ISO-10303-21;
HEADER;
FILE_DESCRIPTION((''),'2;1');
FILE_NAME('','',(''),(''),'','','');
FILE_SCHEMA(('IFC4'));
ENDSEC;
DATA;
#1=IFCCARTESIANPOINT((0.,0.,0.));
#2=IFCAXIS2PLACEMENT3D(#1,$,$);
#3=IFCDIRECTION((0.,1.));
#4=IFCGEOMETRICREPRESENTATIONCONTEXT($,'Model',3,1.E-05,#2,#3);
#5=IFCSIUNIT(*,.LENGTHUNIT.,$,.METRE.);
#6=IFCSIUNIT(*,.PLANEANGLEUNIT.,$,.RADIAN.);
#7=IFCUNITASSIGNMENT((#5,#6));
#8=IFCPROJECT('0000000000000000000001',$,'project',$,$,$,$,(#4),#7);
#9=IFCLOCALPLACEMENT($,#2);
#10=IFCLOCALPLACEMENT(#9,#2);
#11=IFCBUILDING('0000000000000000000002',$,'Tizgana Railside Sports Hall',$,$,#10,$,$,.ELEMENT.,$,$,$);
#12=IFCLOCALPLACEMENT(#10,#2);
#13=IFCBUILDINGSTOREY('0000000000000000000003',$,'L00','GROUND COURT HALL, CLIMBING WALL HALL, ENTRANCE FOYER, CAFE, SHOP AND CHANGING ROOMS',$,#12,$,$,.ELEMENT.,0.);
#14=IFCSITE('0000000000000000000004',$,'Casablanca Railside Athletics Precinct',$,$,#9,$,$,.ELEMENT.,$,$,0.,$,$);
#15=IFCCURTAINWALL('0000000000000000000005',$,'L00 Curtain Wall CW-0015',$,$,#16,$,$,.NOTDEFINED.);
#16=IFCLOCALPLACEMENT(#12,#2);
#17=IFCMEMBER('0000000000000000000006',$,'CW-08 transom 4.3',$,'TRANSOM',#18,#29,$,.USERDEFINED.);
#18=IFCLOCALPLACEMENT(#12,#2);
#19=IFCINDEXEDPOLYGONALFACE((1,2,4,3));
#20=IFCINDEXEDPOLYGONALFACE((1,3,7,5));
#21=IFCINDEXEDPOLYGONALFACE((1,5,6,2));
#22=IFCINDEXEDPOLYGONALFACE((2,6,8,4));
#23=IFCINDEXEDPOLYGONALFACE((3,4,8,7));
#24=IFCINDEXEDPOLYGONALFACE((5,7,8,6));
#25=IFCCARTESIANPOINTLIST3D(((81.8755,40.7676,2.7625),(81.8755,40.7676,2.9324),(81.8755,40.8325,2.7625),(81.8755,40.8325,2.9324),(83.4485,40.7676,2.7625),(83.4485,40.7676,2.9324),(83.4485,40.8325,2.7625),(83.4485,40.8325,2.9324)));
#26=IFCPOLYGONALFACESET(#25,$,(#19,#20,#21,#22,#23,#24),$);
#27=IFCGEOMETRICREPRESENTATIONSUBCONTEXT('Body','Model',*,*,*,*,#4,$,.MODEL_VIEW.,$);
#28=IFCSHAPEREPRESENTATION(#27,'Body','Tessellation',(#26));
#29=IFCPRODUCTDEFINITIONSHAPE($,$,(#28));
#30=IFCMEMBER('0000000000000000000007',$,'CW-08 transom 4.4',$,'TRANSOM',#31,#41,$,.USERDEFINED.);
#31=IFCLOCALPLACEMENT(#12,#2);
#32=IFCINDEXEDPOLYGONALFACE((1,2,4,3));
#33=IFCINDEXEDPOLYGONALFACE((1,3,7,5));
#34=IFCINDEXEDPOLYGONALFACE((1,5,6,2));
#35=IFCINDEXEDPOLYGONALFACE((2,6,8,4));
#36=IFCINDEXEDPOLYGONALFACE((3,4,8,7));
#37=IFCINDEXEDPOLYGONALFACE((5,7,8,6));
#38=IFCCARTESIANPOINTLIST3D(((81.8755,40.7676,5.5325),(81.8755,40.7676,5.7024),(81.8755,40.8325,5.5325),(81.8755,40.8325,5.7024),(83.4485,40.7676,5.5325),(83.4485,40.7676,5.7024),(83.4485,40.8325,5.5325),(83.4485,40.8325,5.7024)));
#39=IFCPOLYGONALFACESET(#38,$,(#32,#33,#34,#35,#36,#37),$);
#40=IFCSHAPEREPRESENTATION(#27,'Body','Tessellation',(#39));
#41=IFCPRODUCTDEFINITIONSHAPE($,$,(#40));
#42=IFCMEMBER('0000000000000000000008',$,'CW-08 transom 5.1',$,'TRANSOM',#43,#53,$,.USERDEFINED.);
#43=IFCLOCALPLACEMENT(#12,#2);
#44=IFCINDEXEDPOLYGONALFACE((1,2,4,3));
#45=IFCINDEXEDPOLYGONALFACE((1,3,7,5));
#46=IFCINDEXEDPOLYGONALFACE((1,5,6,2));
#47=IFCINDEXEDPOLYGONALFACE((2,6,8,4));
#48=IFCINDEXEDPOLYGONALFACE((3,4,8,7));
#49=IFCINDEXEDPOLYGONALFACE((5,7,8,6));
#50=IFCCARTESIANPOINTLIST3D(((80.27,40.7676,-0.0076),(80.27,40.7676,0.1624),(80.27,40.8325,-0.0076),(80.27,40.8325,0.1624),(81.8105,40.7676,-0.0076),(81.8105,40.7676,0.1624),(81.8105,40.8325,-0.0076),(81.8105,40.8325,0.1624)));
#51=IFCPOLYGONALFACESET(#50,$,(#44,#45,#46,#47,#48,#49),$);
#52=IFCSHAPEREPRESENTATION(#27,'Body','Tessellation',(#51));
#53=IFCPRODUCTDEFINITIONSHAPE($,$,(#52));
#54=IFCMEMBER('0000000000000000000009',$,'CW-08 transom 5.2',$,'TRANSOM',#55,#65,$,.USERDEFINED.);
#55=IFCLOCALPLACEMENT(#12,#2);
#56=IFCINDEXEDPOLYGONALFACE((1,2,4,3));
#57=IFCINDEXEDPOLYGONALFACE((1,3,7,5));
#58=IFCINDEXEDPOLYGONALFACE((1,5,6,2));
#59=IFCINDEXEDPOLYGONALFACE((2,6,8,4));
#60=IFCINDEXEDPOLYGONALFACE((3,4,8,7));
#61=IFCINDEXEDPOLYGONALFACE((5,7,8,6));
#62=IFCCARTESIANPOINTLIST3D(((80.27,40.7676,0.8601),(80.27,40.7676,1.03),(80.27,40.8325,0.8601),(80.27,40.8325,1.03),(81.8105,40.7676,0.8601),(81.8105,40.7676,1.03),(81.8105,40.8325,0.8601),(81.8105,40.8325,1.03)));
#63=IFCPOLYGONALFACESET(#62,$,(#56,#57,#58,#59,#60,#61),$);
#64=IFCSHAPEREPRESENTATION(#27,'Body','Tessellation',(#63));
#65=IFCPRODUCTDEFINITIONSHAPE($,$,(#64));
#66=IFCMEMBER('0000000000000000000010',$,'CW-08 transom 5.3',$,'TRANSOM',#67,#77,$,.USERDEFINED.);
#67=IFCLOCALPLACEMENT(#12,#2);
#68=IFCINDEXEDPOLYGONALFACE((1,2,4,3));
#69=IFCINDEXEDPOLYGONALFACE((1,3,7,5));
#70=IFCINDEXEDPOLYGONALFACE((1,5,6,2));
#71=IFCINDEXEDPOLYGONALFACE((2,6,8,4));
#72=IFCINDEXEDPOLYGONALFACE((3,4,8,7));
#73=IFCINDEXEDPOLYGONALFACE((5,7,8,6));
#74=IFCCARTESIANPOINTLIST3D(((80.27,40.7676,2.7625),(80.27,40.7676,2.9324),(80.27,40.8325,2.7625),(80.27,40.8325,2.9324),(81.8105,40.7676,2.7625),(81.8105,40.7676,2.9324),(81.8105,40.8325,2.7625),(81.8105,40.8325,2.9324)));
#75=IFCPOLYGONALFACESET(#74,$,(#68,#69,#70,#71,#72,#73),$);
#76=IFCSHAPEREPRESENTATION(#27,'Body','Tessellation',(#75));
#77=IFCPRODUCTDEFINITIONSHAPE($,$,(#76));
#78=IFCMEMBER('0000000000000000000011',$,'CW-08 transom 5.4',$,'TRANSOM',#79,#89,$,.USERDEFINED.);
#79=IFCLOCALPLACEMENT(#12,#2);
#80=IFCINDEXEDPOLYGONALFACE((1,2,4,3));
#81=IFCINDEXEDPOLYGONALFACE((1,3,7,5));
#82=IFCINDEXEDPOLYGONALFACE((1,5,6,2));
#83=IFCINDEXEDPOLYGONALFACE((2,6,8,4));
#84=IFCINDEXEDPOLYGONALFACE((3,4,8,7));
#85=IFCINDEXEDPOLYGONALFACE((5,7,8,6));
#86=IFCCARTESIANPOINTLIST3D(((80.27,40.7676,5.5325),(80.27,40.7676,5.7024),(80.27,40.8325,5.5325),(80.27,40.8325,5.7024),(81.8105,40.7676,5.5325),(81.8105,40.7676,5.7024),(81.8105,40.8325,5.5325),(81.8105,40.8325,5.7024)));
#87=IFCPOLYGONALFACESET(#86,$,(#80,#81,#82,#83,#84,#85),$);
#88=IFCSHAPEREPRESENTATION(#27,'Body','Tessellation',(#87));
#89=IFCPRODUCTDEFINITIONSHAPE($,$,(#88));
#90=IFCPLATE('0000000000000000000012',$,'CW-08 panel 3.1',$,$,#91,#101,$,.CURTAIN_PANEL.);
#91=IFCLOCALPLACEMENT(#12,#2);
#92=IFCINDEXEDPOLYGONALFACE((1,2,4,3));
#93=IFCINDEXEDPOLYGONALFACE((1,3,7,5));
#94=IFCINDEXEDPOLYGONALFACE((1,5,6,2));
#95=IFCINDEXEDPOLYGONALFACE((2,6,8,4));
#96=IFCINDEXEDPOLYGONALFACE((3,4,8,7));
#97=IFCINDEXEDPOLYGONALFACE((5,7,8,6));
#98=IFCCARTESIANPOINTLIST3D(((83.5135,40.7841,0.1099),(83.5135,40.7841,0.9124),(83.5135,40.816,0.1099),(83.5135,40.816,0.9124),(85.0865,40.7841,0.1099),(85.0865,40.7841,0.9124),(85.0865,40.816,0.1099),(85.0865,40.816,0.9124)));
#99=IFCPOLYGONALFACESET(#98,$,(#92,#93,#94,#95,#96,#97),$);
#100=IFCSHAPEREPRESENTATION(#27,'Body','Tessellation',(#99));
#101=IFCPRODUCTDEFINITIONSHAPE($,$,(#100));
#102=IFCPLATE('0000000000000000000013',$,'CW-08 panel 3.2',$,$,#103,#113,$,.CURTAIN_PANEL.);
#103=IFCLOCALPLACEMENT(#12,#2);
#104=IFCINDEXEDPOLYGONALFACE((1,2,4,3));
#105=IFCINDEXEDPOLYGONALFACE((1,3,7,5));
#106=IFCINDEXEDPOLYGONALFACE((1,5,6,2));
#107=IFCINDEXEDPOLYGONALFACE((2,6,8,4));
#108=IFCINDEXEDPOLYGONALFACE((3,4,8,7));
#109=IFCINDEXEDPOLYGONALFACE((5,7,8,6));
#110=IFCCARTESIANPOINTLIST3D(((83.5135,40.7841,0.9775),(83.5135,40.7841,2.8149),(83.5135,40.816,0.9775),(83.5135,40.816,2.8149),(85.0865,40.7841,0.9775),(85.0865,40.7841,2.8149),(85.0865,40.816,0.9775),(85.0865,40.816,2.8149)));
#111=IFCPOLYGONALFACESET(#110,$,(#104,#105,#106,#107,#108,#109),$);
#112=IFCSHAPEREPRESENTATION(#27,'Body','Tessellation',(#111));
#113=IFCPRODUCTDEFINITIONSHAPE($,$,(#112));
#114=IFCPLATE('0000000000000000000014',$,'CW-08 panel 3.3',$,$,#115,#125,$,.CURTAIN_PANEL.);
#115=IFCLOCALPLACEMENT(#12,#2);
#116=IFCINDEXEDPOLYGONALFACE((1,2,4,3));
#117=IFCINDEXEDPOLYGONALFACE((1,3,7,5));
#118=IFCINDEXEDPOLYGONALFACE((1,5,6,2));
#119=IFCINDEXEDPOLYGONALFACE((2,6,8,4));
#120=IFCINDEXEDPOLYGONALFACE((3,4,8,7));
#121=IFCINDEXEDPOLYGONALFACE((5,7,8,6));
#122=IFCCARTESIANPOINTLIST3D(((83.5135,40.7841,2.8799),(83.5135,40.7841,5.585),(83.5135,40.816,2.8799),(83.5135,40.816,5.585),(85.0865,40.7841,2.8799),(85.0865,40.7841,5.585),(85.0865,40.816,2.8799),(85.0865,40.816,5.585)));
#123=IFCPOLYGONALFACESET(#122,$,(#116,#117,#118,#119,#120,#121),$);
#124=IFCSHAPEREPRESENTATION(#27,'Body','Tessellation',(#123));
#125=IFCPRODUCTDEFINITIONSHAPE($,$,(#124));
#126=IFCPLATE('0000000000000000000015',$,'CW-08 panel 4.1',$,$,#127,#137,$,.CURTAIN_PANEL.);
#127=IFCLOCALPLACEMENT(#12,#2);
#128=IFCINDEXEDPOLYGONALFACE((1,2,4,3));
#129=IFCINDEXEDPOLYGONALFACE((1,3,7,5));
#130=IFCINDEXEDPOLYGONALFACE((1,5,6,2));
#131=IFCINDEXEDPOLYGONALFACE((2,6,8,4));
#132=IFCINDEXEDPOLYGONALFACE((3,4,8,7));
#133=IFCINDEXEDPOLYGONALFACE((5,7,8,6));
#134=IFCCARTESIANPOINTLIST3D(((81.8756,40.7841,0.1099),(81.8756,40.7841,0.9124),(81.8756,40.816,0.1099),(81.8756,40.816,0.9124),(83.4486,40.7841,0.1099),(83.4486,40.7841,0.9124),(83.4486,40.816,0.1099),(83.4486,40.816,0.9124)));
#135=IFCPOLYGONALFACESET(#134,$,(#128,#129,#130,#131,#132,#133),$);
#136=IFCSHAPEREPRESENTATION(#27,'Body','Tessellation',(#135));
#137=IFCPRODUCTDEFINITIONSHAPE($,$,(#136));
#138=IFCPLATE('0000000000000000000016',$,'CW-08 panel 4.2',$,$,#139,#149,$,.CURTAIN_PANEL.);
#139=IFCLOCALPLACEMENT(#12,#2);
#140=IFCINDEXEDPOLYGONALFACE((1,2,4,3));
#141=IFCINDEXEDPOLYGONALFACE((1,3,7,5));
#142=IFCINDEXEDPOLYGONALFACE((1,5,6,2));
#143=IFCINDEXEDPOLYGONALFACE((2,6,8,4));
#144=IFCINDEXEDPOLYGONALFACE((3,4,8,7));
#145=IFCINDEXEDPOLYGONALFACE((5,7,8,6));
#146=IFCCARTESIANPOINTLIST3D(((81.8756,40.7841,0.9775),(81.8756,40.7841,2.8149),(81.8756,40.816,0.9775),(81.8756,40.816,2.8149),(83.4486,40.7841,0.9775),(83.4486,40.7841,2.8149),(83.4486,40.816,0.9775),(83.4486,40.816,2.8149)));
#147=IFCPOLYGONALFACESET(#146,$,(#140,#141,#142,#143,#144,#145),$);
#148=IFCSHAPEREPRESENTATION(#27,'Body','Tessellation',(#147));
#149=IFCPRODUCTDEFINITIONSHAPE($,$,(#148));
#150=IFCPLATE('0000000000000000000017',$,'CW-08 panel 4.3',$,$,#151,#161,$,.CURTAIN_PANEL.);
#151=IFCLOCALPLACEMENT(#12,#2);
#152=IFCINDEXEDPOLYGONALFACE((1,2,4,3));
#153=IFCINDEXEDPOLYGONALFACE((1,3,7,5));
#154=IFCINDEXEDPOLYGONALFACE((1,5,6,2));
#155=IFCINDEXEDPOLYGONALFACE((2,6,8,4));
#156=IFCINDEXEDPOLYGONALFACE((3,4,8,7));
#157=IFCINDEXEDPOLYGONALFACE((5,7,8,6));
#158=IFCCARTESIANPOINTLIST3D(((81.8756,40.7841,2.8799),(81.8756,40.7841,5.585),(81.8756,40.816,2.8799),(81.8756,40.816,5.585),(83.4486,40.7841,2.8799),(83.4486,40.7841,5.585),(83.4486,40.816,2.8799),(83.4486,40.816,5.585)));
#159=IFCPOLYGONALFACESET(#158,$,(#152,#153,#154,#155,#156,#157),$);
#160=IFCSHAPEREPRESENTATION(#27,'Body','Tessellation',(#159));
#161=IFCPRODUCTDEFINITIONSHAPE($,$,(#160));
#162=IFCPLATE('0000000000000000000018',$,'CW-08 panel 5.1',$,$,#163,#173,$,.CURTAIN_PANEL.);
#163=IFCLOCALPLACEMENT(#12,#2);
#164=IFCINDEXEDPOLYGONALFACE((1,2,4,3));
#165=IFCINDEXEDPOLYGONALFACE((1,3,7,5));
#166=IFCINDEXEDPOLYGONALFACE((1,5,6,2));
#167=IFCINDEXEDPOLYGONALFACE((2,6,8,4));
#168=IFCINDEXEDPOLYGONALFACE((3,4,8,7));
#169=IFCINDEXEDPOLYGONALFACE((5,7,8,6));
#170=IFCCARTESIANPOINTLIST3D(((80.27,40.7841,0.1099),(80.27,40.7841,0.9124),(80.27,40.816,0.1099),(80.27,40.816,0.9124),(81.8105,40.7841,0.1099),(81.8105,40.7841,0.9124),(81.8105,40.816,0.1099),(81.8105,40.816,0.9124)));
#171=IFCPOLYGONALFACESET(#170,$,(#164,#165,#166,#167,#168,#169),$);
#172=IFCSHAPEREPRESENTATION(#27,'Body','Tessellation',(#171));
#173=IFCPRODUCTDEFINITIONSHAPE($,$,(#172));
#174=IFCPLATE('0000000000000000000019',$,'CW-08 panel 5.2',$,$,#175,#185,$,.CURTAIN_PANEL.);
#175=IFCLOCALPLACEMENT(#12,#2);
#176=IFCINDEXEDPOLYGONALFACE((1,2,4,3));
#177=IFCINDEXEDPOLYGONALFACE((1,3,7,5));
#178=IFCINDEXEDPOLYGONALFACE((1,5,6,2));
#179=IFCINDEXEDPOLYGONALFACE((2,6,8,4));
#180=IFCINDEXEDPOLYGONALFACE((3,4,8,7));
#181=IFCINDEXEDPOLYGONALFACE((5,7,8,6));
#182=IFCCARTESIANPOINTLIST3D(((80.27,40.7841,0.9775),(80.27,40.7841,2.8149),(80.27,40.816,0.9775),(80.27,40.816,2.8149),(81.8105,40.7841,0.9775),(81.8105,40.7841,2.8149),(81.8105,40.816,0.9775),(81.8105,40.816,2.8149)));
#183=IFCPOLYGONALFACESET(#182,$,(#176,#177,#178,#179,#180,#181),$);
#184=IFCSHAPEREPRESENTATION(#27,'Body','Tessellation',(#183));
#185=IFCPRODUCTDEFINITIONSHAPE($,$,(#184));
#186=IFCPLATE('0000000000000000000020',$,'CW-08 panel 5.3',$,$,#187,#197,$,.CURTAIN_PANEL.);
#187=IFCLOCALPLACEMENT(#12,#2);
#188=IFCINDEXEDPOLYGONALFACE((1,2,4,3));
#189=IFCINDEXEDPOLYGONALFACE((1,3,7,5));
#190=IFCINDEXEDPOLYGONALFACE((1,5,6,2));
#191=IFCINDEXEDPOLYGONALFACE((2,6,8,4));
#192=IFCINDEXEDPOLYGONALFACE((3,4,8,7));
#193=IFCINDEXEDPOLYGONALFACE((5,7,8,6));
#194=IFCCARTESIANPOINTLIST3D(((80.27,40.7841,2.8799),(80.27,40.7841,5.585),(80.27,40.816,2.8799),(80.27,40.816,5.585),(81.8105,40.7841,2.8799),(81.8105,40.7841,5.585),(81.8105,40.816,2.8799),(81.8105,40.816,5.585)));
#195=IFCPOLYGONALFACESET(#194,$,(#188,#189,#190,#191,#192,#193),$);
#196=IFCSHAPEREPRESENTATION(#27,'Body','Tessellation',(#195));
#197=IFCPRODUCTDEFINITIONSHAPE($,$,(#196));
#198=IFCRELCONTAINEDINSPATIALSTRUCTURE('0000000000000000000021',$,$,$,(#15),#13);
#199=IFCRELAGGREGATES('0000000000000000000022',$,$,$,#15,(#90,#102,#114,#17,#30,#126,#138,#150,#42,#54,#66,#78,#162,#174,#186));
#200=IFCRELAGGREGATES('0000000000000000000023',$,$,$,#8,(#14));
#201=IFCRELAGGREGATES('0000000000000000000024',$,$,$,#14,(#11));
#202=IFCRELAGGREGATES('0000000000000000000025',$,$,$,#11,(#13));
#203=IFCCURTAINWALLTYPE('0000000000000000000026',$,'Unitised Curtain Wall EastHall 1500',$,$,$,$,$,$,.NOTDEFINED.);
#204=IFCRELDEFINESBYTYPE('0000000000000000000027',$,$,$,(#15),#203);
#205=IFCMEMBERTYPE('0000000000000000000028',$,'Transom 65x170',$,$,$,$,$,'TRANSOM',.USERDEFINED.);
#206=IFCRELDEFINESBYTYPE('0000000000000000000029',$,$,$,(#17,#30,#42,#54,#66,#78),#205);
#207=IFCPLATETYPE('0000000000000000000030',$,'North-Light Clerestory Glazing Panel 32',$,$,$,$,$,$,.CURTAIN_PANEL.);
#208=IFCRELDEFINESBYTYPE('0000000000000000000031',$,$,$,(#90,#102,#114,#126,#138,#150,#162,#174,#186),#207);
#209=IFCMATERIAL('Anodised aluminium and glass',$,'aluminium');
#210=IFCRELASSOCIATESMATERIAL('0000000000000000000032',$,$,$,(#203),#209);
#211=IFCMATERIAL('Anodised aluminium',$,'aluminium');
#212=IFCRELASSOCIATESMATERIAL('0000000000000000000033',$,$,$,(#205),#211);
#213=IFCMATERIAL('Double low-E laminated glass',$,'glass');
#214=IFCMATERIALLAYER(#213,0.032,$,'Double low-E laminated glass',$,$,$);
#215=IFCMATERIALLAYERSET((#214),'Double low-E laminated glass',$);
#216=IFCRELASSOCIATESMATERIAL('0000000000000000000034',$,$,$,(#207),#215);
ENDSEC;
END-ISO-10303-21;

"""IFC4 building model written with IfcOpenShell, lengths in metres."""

from ifc_helpers import new_model, si_unit, direction, frame, origin, origin_2d, place, context, subcontext, project, spatial, rectangle, extrude, material, layer, layer_set, material_profile, profile_set, type_object, element, aggregate, save


model = new_model("IFC4")

# Units and contexts
model_context = context("Model", 3, precision=1e-05, world=origin(), true_north=direction((0.0, 1.0)))
body_context = subcontext(model_context, "Body", "Model", "MODEL_VIEW")
ifc_project = project(units=[si_unit("LENGTHUNIT", "METRE"), si_unit("PLANEANGLEUNIT", "RADIAN")], contexts=[model_context])

# Site, building, storey
site_placement = place(None, origin())
site = spatial("IfcSite", under=ifc_project, at=site_placement, Name="Casablanca Railside Athletics Precinct", CompositionType="ELEMENT", RefElevation=0.0)
building_placement = place(site_placement, origin())
building = spatial("IfcBuilding", under=site, at=building_placement, Name="Tizgana Railside Sports Hall", CompositionType="ELEMENT")
storey_placement = place(building_placement, origin())
storey = spatial("IfcBuildingStorey", under=building, at=storey_placement, Name="L00", Description="GROUND COURT HALL, CLIMBING WALL HALL, ENTRANCE FOYER, CAFE, SHOP AND CHANGING ROOMS", CompositionType="ELEMENT", Elevation=0.0)

# Curtain wall
ifc_material_1 = material(Name="Anodised aluminium and glass", Category="aluminium")
curtain_wall_type = type_object("IfcCurtainWallType", Name="Unitised Curtain Wall EastHall 1500", PredefinedType="NOTDEFINED", material=ifc_material_1)
curtain_wall_placement = place(storey_placement, origin())
curtain_wall = element("IfcCurtainWall", 1, at=curtain_wall_placement, inside=storey, type_object=curtain_wall_type, Name="L00 Curtain Wall CW-0015", PredefinedType="NOTDEFINED")
ifc_material_2 = material(Name="Anodised aluminium", Category="aluminium")

# Members
ifc_material_profile_1 = material_profile(ifc_material_2, rectangle(XDim=0.0649, YDim=0.1699, at=origin_2d()), Name="Transom 65x170")
ifc_profile_set_1 = profile_set([ifc_material_profile_1], Name="Anodised aluminium")
member_type_1 = type_object("IfcMemberType", Name="Transom 65x170", ElementType="TRANSOM", PredefinedType="USERDEFINED", material=ifc_profile_set_1)
member_1_placement = place(storey_placement, frame((83.4485, 40.8, 2.8474), z_axis=(-1.0, 0.0, 0.0), x_axis=(0.0, -1.0, 0.0)))
member_1 = element("IfcMember", 2, at=member_1_placement, type_object=member_type_1, Name="CW-08 transom 4.3", ObjectType="TRANSOM", PredefinedType="USERDEFINED", context=body_context, shape_type="SweptSolid", body=[
    extrude(rectangle(XDim=0.0649, YDim=0.1699, at=origin_2d()), origin(), (0.0, 0.0, 1.0), 1.573),
])
member_2_placement = place(storey_placement, frame((83.4485, 40.8, 5.6174), z_axis=(-1.0, 0.0, 0.0), x_axis=(0.0, -1.0, 0.0)))
member_2 = element("IfcMember", 3, at=member_2_placement, type_object=member_type_1, Name="CW-08 transom 4.4", ObjectType="TRANSOM", PredefinedType="USERDEFINED", context=body_context, shape_type="SweptSolid", body=[
    extrude(rectangle(XDim=0.0649, YDim=0.1699, at=origin_2d()), origin(), (0.0, 0.0, 1.0), 1.573),
])
member_3_placement = place(storey_placement, frame((81.8105, 40.8, 0.0774), z_axis=(-1.0, 0.0, 0.0), x_axis=(0.0, -1.0, 0.0)))
member_3 = element("IfcMember", 4, at=member_3_placement, type_object=member_type_1, Name="CW-08 transom 5.1", ObjectType="TRANSOM", PredefinedType="USERDEFINED", context=body_context, shape_type="SweptSolid", body=[
    extrude(rectangle(XDim=0.0649, YDim=0.1699, at=origin_2d()), origin(), (0.0, 0.0, 1.0), 1.5405),
])
member_4_placement = place(storey_placement, frame((81.8105, 40.8, 0.9451), z_axis=(-1.0, 0.0, 0.0), x_axis=(0.0, -1.0, 0.0)))
member_4 = element("IfcMember", 5, at=member_4_placement, type_object=member_type_1, Name="CW-08 transom 5.2", ObjectType="TRANSOM", PredefinedType="USERDEFINED", context=body_context, shape_type="SweptSolid", body=[
    extrude(rectangle(XDim=0.0649, YDim=0.1699, at=origin_2d()), origin(), (0.0, 0.0, 1.0), 1.5405),
])
member_5_placement = place(storey_placement, frame((81.8105, 40.8, 2.8474), z_axis=(-1.0, 0.0, 0.0), x_axis=(0.0, -1.0, 0.0)))
member_5 = element("IfcMember", 6, at=member_5_placement, type_object=member_type_1, Name="CW-08 transom 5.3", ObjectType="TRANSOM", PredefinedType="USERDEFINED", context=body_context, shape_type="SweptSolid", body=[
    extrude(rectangle(XDim=0.0649, YDim=0.1699, at=origin_2d()), origin(), (0.0, 0.0, 1.0), 1.5405),
])
member_6_placement = place(storey_placement, frame((81.8105, 40.8, 5.6174), z_axis=(-1.0, 0.0, 0.0), x_axis=(0.0, -1.0, 0.0)))
member_6 = element("IfcMember", 7, at=member_6_placement, type_object=member_type_1, Name="CW-08 transom 5.4", ObjectType="TRANSOM", PredefinedType="USERDEFINED", context=body_context, shape_type="SweptSolid", body=[
    extrude(rectangle(XDim=0.0649, YDim=0.1699, at=origin_2d()), origin(), (0.0, 0.0, 1.0), 1.5405),
])

# Plates
ifc_material_3 = material(Name="Double low-E laminated glass", Category="glass")
ifc_layer_1 = layer(ifc_material_3, 0.032, Name="Double low-E laminated glass")
ifc_layer_set_1 = layer_set([ifc_layer_1], Name="Double low-E laminated glass")
plate_type = type_object("IfcPlateType", Name="North-Light Clerestory Glazing Panel 32", PredefinedType="CURTAIN_PANEL", material=ifc_layer_set_1)
plate_1_placement = place(storey_placement, frame((84.3, 40.8, 0.1099), z_axis=(0.0, 0.0, 1.0), x_axis=(-1.0, 0.0, 0.0)))
plate_1 = element("IfcPlate", 8, at=plate_1_placement, type_object=plate_type, Name="CW-08 panel 3.1", PredefinedType="CURTAIN_PANEL", context=body_context, shape_type="SweptSolid", body=[
    extrude(rectangle(XDim=1.573, YDim=0.032, at=origin_2d()), origin(), (0.0, 0.0, 1.0), 0.8025),
])
plate_2_placement = place(storey_placement, frame((84.3, 40.8, 0.9775), z_axis=(0.0, 0.0, 1.0), x_axis=(-1.0, 0.0, 0.0)))
plate_2 = element("IfcPlate", 9, at=plate_2_placement, type_object=plate_type, Name="CW-08 panel 3.2", PredefinedType="CURTAIN_PANEL", context=body_context, shape_type="SweptSolid", body=[
    extrude(rectangle(XDim=1.573, YDim=0.032, at=origin_2d()), origin(), (0.0, 0.0, 1.0), 1.8374),
])
plate_3_placement = place(storey_placement, frame((84.3, 40.8, 2.8799), z_axis=(0.0, 0.0, 1.0), x_axis=(-1.0, 0.0, 0.0)))
plate_3 = element("IfcPlate", 10, at=plate_3_placement, type_object=plate_type, Name="CW-08 panel 3.3", PredefinedType="CURTAIN_PANEL", context=body_context, shape_type="SweptSolid", body=[
    extrude(rectangle(XDim=1.573, YDim=0.032, at=origin_2d()), origin(), (0.0, 0.0, 1.0), 2.7051),
])
plate_4_placement = place(storey_placement, frame((82.6621, 40.8, 0.1099), z_axis=(0.0, 0.0, 1.0), x_axis=(-1.0, 0.0, 0.0)))
plate_4 = element("IfcPlate", 11, at=plate_4_placement, type_object=plate_type, Name="CW-08 panel 4.1", PredefinedType="CURTAIN_PANEL", context=body_context, shape_type="SweptSolid", body=[
    extrude(rectangle(XDim=1.573, YDim=0.032, at=origin_2d()), origin(), (0.0, 0.0, 1.0), 0.8025),
])
plate_5_placement = place(storey_placement, frame((82.6621, 40.8, 0.9775), z_axis=(0.0, 0.0, 1.0), x_axis=(-1.0, 0.0, 0.0)))
plate_5 = element("IfcPlate", 12, at=plate_5_placement, type_object=plate_type, Name="CW-08 panel 4.2", PredefinedType="CURTAIN_PANEL", context=body_context, shape_type="SweptSolid", body=[
    extrude(rectangle(XDim=1.573, YDim=0.032, at=origin_2d()), origin(), (0.0, 0.0, 1.0), 1.8374),
])
plate_6_placement = place(storey_placement, frame((82.6621, 40.8, 2.8799), z_axis=(0.0, 0.0, 1.0), x_axis=(-1.0, 0.0, 0.0)))
plate_6 = element("IfcPlate", 13, at=plate_6_placement, type_object=plate_type, Name="CW-08 panel 4.3", PredefinedType="CURTAIN_PANEL", context=body_context, shape_type="SweptSolid", body=[
    extrude(rectangle(XDim=1.573, YDim=0.032, at=origin_2d()), origin(), (0.0, 0.0, 1.0), 2.7051),
])
plate_7_placement = place(storey_placement, frame((81.0403, 40.8, 0.1099), z_axis=(0.0, 0.0, 1.0), x_axis=(-1.0, 0.0, 0.0)))
plate_7 = element("IfcPlate", 14, at=plate_7_placement, type_object=plate_type, Name="CW-08 panel 5.1", PredefinedType="CURTAIN_PANEL", context=body_context, shape_type="SweptSolid", body=[
    extrude(rectangle(XDim=1.5405, YDim=0.032, at=origin_2d()), origin(), (0.0, 0.0, 1.0), 0.8025),
])
plate_8_placement = place(storey_placement, frame((81.0403, 40.8, 0.9775), z_axis=(0.0, 0.0, 1.0), x_axis=(-1.0, 0.0, 0.0)))
plate_8 = element("IfcPlate", 15, at=plate_8_placement, type_object=plate_type, Name="CW-08 panel 5.2", PredefinedType="CURTAIN_PANEL", context=body_context, shape_type="SweptSolid", body=[
    extrude(rectangle(XDim=1.5405, YDim=0.032, at=origin_2d()), origin(), (0.0, 0.0, 1.0), 1.8374),
])
plate_9_placement = place(storey_placement, frame((81.0403, 40.8, 2.8799), z_axis=(0.0, 0.0, 1.0), x_axis=(-1.0, 0.0, 0.0)))
plate_9 = element("IfcPlate", 16, at=plate_9_placement, type_object=plate_type, Name="CW-08 panel 5.3", PredefinedType="CURTAIN_PANEL", context=body_context, shape_type="SweptSolid", body=[
    extrude(rectangle(XDim=1.5405, YDim=0.032, at=origin_2d()), origin(), (0.0, 0.0, 1.0), 2.7051),
])
aggregate(curtain_wall, [plate_1, plate_2, plate_3, member_1, member_2, plate_4, plate_5, plate_6, member_3, member_4, member_5, member_6, plate_7, plate_8, plate_9])

save(model, "model.ifc")
